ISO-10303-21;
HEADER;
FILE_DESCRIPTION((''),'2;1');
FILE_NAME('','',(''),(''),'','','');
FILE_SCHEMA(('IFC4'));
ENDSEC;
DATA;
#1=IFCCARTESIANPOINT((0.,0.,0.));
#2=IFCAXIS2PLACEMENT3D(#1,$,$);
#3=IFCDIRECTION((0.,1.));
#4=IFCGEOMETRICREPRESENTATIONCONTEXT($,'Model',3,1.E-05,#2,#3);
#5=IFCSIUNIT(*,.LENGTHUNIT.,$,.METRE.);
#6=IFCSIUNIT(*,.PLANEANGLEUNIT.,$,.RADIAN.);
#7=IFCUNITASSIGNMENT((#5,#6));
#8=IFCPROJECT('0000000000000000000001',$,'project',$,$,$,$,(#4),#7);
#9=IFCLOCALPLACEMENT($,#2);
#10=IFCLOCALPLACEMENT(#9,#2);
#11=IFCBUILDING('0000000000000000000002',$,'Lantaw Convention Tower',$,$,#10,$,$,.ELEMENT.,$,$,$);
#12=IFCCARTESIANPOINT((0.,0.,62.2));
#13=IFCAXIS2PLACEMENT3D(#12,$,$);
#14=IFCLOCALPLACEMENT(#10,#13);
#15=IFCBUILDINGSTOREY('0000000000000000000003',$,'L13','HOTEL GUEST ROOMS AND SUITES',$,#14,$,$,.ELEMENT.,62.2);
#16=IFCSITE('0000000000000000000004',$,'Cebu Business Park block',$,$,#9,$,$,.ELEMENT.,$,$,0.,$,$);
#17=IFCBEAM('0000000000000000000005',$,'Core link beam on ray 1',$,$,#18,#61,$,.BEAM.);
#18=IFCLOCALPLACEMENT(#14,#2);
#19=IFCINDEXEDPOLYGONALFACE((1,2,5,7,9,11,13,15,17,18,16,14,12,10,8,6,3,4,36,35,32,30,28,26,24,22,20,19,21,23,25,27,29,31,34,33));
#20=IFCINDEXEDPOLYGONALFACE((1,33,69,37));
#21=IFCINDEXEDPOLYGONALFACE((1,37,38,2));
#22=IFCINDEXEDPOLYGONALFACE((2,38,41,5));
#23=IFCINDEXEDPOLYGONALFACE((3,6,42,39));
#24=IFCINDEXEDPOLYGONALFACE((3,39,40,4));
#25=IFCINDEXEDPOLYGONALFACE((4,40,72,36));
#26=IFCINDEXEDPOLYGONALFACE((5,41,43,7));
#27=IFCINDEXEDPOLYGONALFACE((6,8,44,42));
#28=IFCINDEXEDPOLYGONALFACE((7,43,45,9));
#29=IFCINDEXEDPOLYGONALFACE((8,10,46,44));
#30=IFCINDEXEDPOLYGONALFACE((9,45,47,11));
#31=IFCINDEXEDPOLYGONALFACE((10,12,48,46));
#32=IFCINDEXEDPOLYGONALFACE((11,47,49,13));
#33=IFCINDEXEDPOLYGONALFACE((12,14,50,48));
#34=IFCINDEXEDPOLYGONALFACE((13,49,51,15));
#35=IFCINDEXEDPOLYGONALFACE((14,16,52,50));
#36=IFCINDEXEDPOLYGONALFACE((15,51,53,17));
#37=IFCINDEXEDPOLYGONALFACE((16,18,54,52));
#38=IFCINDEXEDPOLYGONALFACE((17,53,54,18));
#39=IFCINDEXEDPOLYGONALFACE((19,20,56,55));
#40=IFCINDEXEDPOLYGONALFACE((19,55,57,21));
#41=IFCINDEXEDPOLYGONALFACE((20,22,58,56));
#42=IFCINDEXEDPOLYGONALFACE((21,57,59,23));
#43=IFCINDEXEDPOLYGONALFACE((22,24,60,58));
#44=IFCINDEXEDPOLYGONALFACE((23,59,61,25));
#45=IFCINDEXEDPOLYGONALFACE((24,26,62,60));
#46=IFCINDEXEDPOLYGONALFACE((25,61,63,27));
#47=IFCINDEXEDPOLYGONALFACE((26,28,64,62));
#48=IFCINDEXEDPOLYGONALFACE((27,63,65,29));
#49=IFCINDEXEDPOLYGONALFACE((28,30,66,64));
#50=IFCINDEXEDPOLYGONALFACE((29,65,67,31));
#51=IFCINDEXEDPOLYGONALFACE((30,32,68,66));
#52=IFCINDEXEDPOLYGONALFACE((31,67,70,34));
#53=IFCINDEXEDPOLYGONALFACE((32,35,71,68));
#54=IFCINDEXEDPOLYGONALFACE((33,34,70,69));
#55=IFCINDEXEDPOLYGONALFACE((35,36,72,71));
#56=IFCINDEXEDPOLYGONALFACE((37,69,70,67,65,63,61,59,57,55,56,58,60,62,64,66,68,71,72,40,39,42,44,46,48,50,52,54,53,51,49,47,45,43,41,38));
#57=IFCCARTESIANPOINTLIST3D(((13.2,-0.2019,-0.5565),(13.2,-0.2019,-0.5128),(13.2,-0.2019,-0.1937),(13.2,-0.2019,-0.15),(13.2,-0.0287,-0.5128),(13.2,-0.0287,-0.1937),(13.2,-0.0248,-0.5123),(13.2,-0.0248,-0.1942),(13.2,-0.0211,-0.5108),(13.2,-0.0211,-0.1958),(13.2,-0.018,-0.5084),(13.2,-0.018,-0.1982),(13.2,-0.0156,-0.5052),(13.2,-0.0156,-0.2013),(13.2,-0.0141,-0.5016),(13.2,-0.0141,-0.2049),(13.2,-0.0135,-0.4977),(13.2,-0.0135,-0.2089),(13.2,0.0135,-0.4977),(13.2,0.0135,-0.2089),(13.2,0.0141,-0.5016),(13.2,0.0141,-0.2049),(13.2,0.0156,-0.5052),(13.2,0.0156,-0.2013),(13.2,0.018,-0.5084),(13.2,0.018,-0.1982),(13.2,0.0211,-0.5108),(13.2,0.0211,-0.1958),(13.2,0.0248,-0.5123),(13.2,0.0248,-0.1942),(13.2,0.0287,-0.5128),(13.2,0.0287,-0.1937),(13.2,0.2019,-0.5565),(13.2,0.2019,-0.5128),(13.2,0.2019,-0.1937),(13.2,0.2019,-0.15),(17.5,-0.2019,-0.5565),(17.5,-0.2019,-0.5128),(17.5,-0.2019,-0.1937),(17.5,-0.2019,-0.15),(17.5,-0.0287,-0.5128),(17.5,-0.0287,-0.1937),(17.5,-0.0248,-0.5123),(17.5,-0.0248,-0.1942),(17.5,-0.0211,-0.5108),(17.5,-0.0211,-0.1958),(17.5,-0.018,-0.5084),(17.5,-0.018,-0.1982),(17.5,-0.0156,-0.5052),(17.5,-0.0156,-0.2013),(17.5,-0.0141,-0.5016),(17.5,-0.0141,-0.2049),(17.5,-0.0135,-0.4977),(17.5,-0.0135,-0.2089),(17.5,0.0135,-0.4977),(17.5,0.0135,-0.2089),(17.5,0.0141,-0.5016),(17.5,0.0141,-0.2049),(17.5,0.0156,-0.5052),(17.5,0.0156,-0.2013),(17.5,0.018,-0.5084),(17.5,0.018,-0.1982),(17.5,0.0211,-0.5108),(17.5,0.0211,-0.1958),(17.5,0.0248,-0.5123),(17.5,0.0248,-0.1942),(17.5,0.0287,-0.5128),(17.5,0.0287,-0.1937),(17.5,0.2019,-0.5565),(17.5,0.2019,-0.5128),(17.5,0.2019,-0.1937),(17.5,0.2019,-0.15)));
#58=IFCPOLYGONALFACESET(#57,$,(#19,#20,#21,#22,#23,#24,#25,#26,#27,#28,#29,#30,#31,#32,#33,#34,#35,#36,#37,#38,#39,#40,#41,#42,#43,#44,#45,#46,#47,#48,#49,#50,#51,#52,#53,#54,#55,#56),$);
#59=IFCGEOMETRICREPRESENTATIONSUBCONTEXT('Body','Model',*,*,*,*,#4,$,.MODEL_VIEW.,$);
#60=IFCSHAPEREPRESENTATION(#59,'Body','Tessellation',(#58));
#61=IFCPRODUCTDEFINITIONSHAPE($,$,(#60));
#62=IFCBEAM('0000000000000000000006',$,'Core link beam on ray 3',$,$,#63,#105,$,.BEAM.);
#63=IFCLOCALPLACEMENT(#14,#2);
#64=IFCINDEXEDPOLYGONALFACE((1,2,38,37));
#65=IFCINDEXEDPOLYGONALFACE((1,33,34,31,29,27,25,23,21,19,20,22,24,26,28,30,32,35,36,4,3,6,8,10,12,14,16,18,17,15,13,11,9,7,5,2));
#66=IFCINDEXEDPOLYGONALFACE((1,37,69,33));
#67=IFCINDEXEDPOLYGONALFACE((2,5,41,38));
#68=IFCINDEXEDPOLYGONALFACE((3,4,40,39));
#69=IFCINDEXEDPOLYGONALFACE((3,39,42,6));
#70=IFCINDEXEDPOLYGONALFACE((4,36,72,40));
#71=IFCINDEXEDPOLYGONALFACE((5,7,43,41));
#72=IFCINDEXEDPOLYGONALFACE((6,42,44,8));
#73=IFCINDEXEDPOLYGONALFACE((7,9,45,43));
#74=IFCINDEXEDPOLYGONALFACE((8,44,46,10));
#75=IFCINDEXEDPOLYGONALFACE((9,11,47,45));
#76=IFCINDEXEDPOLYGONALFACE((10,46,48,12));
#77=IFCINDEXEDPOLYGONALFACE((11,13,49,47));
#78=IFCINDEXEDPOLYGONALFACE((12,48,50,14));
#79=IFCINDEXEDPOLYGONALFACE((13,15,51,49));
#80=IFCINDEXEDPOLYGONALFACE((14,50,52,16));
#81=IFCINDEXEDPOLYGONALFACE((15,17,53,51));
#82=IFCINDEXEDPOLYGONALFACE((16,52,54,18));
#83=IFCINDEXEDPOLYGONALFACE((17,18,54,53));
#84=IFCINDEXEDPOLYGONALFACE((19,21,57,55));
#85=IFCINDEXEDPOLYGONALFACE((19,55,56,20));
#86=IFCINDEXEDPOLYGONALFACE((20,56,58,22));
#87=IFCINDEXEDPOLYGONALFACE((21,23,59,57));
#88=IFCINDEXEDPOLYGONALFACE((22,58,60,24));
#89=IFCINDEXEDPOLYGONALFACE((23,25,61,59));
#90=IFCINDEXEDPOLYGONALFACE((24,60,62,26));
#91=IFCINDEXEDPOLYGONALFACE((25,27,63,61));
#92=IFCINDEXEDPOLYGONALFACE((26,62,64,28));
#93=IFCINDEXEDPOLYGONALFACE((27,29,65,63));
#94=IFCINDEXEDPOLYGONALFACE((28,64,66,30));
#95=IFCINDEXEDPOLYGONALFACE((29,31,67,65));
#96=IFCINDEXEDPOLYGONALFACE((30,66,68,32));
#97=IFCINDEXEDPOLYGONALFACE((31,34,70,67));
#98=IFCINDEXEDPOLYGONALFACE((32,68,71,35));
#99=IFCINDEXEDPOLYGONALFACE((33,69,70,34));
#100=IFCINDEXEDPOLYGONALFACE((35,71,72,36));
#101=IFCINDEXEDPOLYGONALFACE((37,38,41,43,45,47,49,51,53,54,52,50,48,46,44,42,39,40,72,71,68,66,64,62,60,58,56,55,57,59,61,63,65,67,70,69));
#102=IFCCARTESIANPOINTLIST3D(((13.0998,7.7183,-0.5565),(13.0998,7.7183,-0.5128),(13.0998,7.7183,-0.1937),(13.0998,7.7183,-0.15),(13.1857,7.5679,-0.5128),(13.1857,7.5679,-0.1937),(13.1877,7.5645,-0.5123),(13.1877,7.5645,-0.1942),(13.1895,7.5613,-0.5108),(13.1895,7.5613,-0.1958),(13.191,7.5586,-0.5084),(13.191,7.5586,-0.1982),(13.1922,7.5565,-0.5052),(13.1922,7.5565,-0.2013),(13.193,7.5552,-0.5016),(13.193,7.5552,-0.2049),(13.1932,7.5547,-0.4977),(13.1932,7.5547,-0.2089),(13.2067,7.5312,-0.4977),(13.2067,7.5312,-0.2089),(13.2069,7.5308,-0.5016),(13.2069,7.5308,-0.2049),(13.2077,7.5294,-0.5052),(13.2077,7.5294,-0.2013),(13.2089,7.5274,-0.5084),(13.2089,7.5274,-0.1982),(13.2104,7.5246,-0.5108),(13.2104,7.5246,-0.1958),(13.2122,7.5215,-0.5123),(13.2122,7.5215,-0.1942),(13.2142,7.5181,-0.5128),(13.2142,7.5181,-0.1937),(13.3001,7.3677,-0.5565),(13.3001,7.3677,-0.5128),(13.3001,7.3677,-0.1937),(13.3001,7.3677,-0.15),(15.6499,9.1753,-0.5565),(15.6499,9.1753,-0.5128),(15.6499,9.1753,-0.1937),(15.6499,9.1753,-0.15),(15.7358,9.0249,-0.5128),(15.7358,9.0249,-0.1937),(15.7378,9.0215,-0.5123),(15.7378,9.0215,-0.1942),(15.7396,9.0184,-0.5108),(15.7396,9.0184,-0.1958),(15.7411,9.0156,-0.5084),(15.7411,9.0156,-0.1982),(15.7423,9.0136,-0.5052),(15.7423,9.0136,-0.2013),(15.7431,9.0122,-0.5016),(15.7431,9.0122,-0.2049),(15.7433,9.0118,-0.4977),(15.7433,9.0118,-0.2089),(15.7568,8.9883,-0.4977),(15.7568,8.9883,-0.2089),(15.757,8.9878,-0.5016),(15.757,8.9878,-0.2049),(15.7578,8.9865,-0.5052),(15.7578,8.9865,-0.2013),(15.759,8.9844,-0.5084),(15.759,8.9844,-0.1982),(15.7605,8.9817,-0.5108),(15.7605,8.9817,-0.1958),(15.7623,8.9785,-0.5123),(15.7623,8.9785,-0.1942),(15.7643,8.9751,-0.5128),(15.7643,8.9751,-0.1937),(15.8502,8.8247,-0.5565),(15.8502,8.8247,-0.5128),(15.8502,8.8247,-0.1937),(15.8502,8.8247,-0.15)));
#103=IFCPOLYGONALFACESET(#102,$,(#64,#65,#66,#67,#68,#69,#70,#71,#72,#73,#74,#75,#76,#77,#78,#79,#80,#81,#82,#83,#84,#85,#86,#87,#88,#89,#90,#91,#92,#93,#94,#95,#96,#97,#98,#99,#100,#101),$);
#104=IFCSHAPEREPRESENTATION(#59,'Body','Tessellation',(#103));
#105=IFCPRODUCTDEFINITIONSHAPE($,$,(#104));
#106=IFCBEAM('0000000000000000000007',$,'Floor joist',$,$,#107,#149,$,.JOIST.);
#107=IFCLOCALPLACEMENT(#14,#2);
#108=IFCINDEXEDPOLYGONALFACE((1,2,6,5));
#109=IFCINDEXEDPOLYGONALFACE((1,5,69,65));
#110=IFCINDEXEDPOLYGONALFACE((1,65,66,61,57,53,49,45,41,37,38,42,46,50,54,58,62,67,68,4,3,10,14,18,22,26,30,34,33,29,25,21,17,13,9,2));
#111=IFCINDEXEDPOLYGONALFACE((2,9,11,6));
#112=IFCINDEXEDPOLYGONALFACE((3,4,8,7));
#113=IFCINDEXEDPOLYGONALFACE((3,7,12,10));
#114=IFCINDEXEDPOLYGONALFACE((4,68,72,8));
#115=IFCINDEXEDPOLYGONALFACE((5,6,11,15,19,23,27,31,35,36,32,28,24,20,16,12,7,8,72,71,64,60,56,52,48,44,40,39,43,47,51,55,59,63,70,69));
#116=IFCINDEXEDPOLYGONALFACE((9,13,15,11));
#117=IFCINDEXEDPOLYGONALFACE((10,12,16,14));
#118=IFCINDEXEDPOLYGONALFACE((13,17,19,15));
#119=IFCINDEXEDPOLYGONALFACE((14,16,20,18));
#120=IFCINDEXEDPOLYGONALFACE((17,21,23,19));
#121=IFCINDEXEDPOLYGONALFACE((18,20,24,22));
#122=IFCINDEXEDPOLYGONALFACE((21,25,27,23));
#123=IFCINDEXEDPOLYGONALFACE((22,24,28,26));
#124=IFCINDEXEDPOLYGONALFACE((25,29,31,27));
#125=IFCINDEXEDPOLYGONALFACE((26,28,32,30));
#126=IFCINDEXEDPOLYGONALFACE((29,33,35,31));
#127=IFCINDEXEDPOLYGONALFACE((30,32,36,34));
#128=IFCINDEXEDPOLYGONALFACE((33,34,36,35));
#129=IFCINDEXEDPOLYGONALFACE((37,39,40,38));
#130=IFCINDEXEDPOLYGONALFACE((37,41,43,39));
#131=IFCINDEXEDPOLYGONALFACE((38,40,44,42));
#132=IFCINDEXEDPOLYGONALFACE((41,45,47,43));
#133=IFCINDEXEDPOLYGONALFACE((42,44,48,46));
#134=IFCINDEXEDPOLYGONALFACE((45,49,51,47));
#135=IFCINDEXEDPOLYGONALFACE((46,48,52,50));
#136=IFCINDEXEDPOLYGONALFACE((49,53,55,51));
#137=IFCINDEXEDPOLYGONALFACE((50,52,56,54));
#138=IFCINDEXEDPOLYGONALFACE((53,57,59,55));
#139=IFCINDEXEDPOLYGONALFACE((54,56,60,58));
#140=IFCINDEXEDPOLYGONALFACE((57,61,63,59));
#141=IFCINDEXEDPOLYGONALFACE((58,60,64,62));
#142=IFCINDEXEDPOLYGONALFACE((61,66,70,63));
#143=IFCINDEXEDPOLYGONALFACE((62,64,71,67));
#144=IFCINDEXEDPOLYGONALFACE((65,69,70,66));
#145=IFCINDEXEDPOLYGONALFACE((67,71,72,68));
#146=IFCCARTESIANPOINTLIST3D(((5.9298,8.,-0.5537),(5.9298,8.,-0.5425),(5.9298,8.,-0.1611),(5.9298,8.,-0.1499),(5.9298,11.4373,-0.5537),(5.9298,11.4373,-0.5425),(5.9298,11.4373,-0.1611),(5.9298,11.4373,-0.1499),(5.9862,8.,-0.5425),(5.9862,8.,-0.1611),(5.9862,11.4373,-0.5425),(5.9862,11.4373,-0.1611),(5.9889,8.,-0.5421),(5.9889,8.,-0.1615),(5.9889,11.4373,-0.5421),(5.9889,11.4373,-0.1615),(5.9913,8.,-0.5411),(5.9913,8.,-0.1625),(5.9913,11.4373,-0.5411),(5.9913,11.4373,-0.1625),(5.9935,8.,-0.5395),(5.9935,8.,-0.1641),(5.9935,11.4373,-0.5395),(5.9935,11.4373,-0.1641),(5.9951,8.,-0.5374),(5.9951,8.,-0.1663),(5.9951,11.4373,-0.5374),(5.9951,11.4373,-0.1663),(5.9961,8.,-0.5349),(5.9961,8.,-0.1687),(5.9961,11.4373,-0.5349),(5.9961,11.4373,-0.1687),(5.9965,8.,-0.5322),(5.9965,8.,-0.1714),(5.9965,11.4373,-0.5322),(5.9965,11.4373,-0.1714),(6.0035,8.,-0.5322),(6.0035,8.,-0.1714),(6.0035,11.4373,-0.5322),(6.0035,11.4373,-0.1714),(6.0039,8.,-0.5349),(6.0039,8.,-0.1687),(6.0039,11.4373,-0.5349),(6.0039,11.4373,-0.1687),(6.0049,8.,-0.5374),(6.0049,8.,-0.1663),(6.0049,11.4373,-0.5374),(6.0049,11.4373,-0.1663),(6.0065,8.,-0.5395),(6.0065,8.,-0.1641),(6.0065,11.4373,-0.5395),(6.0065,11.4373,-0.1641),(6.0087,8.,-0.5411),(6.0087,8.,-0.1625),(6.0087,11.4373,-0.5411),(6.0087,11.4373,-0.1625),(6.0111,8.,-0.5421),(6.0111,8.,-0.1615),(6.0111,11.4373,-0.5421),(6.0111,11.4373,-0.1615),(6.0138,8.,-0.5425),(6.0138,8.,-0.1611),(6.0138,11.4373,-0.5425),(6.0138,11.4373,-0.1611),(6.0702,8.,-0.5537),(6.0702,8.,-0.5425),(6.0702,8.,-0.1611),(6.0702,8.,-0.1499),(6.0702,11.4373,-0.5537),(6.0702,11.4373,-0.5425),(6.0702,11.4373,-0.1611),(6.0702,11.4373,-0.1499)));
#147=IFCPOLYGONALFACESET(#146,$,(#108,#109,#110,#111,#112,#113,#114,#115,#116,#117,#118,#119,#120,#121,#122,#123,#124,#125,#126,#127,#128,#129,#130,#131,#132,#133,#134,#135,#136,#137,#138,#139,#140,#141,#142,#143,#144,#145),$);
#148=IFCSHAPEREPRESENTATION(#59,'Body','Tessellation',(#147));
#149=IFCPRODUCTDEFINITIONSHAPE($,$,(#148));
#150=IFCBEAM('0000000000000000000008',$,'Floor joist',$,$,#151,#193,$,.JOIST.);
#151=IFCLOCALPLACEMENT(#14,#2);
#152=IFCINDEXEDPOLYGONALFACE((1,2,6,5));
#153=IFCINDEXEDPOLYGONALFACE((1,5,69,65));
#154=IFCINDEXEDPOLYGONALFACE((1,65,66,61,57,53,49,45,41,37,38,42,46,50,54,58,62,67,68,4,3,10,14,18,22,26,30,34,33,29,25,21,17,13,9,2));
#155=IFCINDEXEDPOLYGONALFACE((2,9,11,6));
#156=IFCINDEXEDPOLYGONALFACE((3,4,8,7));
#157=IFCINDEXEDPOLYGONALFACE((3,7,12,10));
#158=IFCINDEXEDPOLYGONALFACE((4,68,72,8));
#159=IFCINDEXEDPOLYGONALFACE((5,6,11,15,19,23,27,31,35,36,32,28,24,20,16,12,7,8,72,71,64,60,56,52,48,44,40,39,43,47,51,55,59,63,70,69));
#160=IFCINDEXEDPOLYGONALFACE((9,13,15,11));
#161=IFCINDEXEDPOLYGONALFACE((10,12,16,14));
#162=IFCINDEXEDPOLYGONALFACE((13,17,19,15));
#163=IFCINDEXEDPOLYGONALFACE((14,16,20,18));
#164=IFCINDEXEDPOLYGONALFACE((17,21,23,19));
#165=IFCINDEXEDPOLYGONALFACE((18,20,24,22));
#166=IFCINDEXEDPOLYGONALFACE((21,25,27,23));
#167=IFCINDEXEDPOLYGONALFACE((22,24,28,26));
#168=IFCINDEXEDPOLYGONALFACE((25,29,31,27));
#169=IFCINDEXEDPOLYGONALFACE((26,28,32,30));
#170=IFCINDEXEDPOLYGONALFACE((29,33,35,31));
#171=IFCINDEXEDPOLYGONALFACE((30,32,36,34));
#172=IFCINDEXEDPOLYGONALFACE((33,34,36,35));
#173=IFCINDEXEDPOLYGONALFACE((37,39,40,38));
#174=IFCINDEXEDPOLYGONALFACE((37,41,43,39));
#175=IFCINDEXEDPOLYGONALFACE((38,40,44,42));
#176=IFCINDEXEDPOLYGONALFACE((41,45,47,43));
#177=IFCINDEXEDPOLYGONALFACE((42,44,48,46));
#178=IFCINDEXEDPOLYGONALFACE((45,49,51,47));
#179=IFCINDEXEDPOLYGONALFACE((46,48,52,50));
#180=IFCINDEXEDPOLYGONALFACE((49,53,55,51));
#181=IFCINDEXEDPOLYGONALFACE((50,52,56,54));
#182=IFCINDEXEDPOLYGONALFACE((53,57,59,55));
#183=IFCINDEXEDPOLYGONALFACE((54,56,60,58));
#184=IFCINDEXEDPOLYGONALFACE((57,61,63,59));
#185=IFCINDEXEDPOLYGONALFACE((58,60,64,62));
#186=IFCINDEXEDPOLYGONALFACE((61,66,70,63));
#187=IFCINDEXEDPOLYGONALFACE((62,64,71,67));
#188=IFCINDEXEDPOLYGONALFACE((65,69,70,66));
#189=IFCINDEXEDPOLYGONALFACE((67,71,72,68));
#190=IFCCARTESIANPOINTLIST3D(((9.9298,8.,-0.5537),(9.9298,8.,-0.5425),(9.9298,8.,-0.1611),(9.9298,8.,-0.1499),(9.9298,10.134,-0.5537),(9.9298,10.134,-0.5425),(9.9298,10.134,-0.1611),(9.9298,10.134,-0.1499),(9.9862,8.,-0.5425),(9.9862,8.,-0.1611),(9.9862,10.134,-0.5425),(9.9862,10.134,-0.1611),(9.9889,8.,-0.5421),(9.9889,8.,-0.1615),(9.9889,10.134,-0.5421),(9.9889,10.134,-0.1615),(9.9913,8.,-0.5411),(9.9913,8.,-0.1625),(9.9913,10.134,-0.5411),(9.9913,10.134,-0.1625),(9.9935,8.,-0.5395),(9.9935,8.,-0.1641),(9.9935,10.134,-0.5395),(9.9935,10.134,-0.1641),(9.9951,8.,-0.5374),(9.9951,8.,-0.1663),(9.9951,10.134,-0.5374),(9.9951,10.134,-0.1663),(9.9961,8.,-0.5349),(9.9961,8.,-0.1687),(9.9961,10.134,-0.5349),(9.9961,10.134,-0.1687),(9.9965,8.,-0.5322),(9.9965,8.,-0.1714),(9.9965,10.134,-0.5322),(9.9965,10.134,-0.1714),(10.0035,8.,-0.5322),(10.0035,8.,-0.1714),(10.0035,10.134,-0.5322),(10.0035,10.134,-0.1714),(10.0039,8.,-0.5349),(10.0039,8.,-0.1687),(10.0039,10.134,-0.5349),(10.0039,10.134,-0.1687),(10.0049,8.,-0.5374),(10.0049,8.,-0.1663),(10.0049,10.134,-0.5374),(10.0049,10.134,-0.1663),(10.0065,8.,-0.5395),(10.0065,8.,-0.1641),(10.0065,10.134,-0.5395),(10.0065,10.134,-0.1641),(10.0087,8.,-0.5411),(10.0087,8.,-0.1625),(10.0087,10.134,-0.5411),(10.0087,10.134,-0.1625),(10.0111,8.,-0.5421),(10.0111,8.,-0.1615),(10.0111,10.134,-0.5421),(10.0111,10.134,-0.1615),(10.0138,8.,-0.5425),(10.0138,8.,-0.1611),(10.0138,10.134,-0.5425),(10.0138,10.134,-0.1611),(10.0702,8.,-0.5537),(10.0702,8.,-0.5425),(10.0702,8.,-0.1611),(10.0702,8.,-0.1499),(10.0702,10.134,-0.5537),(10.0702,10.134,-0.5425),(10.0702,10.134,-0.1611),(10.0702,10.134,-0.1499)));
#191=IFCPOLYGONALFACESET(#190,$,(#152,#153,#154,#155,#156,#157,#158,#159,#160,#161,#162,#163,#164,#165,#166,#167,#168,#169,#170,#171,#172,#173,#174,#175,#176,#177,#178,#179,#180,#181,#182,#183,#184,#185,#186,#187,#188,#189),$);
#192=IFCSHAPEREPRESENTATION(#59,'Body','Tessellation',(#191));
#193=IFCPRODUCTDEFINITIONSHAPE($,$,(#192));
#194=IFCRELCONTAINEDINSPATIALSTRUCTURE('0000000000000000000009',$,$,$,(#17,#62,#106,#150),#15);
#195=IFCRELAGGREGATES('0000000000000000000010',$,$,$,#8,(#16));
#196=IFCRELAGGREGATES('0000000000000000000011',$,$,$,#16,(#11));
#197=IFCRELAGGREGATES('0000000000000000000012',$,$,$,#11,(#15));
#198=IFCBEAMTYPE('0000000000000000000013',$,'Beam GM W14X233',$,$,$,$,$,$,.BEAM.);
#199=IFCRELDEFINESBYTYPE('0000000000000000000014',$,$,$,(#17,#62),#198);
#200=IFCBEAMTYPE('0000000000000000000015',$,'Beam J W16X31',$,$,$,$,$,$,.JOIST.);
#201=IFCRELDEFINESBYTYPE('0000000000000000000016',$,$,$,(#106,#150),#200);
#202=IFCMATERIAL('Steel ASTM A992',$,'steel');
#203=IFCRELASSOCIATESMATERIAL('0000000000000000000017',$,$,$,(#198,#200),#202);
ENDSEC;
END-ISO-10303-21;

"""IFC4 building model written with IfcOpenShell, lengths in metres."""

from ifc_helpers import new_model, si_unit, direction, frame, origin, origin_2d, place, context, subcontext, project, spatial, i_section, extrude, material, material_profile, profile_set, type_object, element, save


model = new_model("IFC4")

# Units and contexts
model_context = context("Model", 3, precision=1e-05, world=origin(), true_north=direction((0.0, 1.0)))
body_context = subcontext(model_context, "Body", "Model", "MODEL_VIEW")
ifc_project = project(units=[si_unit("LENGTHUNIT", "METRE"), si_unit("PLANEANGLEUNIT", "RADIAN")], contexts=[model_context])

# Site, building, storey
site_placement = place(None, origin())
site = spatial("IfcSite", under=ifc_project, at=site_placement, Name="Cebu Business Park block", CompositionType="ELEMENT", RefElevation=0.0)
building_placement = place(site_placement, origin())
building = spatial("IfcBuilding", under=site, at=building_placement, Name="Lantaw Convention Tower", CompositionType="ELEMENT")
storey_placement = place(building_placement, frame((0.0, 0.0, 62.2)))
storey = spatial("IfcBuildingStorey", under=building, at=storey_placement, Name="L13", Description="HOTEL GUEST ROOMS AND SUITES", CompositionType="ELEMENT", Elevation=62.2)

# Beams
ifc_material_1 = material(Name="Steel ASTM A992", Category="steel")
ifc_material_profile_1 = material_profile(ifc_material_1, i_section(OverallWidth=0.4038, OverallDepth=0.4065, WebThickness=0.0271, FlangeThickness=0.0437, FilletRadius=0.0151, at=origin_2d()), Name="W14X233")
ifc_profile_set_1 = profile_set([ifc_material_profile_1], Name="Steel ASTM A992")
beam_type_1 = type_object("IfcBeamType", Name="Beam GM W14X233", PredefinedType="BEAM", material=ifc_profile_set_1)
beam_1_placement = place(storey_placement, frame((13.2, 0.0, -0.3533), z_axis=(1.0, 0.0, 0.0), x_axis=(0.0, 1.0, 0.0)))
element("IfcBeam", 1, at=beam_1_placement, inside=storey, type_object=beam_type_1, Name="Core link beam on ray 1", PredefinedType="BEAM", context=body_context, shape_type="SweptSolid", body=[
    extrude(i_section(OverallWidth=0.4038, OverallDepth=0.4065, WebThickness=0.0271, FlangeThickness=0.0437, FilletRadius=0.0151, at=origin_2d()), origin(), (0.0, 0.0, 1.0), 4.3),
])
beam_2_placement = place(storey_placement, frame((13.2, 7.543, -0.3533), z_axis=(0.868264, 0.496103, 0.0), x_axis=(-0.496103, 0.868264, 0.0)))
element("IfcBeam", 2, at=beam_2_placement, inside=storey, type_object=beam_type_1, Name="Core link beam on ray 3", PredefinedType="BEAM", context=body_context, shape_type="SweptSolid", body=[
    extrude(i_section(OverallWidth=0.4038, OverallDepth=0.4065, WebThickness=0.0271, FlangeThickness=0.0437, FilletRadius=0.0151, at=origin_2d()), origin(), (0.0, 0.0, 1.0), 2.937),
])
ifc_material_profile_2 = material_profile(ifc_material_1, i_section(OverallWidth=0.1404, OverallDepth=0.4038, WebThickness=0.0071, FlangeThickness=0.0112, FilletRadius=0.0103, at=origin_2d()), Name="W16X31")
ifc_profile_set_2 = profile_set([ifc_material_profile_2], Name="Steel ASTM A992")
beam_type_2 = type_object("IfcBeamType", Name="Beam J W16X31", PredefinedType="JOIST", material=ifc_profile_set_2)
beam_3_placement = place(storey_placement, frame((6.0, 8.0, -0.3518), z_axis=(0.0, 1.0, 0.0), x_axis=(-1.0, 0.0, 0.0)))
element("IfcBeam", 3, at=beam_3_placement, inside=storey, type_object=beam_type_2, Name="Floor joist", PredefinedType="JOIST", context=body_context, shape_type="SweptSolid", body=[
    extrude(i_section(OverallWidth=0.1404, OverallDepth=0.4038, WebThickness=0.0071, FlangeThickness=0.0112, FilletRadius=0.0103, at=origin_2d()), origin(), (0.0, 0.0, 1.0), 3.4373),
])
beam_4_placement = place(storey_placement, frame((10.0, 8.0, -0.3518), z_axis=(0.0, 1.0, 0.0), x_axis=(-1.0, 0.0, 0.0)))
element("IfcBeam", 4, at=beam_4_placement, inside=storey, type_object=beam_type_2, Name="Floor joist", PredefinedType="JOIST", context=body_context, shape_type="SweptSolid", body=[
    extrude(i_section(OverallWidth=0.1404, OverallDepth=0.4038, WebThickness=0.0071, FlangeThickness=0.0112, FilletRadius=0.0103, at=origin_2d()), origin(), (0.0, 0.0, 1.0), 2.134),
])

save(model, "model.ifc")
